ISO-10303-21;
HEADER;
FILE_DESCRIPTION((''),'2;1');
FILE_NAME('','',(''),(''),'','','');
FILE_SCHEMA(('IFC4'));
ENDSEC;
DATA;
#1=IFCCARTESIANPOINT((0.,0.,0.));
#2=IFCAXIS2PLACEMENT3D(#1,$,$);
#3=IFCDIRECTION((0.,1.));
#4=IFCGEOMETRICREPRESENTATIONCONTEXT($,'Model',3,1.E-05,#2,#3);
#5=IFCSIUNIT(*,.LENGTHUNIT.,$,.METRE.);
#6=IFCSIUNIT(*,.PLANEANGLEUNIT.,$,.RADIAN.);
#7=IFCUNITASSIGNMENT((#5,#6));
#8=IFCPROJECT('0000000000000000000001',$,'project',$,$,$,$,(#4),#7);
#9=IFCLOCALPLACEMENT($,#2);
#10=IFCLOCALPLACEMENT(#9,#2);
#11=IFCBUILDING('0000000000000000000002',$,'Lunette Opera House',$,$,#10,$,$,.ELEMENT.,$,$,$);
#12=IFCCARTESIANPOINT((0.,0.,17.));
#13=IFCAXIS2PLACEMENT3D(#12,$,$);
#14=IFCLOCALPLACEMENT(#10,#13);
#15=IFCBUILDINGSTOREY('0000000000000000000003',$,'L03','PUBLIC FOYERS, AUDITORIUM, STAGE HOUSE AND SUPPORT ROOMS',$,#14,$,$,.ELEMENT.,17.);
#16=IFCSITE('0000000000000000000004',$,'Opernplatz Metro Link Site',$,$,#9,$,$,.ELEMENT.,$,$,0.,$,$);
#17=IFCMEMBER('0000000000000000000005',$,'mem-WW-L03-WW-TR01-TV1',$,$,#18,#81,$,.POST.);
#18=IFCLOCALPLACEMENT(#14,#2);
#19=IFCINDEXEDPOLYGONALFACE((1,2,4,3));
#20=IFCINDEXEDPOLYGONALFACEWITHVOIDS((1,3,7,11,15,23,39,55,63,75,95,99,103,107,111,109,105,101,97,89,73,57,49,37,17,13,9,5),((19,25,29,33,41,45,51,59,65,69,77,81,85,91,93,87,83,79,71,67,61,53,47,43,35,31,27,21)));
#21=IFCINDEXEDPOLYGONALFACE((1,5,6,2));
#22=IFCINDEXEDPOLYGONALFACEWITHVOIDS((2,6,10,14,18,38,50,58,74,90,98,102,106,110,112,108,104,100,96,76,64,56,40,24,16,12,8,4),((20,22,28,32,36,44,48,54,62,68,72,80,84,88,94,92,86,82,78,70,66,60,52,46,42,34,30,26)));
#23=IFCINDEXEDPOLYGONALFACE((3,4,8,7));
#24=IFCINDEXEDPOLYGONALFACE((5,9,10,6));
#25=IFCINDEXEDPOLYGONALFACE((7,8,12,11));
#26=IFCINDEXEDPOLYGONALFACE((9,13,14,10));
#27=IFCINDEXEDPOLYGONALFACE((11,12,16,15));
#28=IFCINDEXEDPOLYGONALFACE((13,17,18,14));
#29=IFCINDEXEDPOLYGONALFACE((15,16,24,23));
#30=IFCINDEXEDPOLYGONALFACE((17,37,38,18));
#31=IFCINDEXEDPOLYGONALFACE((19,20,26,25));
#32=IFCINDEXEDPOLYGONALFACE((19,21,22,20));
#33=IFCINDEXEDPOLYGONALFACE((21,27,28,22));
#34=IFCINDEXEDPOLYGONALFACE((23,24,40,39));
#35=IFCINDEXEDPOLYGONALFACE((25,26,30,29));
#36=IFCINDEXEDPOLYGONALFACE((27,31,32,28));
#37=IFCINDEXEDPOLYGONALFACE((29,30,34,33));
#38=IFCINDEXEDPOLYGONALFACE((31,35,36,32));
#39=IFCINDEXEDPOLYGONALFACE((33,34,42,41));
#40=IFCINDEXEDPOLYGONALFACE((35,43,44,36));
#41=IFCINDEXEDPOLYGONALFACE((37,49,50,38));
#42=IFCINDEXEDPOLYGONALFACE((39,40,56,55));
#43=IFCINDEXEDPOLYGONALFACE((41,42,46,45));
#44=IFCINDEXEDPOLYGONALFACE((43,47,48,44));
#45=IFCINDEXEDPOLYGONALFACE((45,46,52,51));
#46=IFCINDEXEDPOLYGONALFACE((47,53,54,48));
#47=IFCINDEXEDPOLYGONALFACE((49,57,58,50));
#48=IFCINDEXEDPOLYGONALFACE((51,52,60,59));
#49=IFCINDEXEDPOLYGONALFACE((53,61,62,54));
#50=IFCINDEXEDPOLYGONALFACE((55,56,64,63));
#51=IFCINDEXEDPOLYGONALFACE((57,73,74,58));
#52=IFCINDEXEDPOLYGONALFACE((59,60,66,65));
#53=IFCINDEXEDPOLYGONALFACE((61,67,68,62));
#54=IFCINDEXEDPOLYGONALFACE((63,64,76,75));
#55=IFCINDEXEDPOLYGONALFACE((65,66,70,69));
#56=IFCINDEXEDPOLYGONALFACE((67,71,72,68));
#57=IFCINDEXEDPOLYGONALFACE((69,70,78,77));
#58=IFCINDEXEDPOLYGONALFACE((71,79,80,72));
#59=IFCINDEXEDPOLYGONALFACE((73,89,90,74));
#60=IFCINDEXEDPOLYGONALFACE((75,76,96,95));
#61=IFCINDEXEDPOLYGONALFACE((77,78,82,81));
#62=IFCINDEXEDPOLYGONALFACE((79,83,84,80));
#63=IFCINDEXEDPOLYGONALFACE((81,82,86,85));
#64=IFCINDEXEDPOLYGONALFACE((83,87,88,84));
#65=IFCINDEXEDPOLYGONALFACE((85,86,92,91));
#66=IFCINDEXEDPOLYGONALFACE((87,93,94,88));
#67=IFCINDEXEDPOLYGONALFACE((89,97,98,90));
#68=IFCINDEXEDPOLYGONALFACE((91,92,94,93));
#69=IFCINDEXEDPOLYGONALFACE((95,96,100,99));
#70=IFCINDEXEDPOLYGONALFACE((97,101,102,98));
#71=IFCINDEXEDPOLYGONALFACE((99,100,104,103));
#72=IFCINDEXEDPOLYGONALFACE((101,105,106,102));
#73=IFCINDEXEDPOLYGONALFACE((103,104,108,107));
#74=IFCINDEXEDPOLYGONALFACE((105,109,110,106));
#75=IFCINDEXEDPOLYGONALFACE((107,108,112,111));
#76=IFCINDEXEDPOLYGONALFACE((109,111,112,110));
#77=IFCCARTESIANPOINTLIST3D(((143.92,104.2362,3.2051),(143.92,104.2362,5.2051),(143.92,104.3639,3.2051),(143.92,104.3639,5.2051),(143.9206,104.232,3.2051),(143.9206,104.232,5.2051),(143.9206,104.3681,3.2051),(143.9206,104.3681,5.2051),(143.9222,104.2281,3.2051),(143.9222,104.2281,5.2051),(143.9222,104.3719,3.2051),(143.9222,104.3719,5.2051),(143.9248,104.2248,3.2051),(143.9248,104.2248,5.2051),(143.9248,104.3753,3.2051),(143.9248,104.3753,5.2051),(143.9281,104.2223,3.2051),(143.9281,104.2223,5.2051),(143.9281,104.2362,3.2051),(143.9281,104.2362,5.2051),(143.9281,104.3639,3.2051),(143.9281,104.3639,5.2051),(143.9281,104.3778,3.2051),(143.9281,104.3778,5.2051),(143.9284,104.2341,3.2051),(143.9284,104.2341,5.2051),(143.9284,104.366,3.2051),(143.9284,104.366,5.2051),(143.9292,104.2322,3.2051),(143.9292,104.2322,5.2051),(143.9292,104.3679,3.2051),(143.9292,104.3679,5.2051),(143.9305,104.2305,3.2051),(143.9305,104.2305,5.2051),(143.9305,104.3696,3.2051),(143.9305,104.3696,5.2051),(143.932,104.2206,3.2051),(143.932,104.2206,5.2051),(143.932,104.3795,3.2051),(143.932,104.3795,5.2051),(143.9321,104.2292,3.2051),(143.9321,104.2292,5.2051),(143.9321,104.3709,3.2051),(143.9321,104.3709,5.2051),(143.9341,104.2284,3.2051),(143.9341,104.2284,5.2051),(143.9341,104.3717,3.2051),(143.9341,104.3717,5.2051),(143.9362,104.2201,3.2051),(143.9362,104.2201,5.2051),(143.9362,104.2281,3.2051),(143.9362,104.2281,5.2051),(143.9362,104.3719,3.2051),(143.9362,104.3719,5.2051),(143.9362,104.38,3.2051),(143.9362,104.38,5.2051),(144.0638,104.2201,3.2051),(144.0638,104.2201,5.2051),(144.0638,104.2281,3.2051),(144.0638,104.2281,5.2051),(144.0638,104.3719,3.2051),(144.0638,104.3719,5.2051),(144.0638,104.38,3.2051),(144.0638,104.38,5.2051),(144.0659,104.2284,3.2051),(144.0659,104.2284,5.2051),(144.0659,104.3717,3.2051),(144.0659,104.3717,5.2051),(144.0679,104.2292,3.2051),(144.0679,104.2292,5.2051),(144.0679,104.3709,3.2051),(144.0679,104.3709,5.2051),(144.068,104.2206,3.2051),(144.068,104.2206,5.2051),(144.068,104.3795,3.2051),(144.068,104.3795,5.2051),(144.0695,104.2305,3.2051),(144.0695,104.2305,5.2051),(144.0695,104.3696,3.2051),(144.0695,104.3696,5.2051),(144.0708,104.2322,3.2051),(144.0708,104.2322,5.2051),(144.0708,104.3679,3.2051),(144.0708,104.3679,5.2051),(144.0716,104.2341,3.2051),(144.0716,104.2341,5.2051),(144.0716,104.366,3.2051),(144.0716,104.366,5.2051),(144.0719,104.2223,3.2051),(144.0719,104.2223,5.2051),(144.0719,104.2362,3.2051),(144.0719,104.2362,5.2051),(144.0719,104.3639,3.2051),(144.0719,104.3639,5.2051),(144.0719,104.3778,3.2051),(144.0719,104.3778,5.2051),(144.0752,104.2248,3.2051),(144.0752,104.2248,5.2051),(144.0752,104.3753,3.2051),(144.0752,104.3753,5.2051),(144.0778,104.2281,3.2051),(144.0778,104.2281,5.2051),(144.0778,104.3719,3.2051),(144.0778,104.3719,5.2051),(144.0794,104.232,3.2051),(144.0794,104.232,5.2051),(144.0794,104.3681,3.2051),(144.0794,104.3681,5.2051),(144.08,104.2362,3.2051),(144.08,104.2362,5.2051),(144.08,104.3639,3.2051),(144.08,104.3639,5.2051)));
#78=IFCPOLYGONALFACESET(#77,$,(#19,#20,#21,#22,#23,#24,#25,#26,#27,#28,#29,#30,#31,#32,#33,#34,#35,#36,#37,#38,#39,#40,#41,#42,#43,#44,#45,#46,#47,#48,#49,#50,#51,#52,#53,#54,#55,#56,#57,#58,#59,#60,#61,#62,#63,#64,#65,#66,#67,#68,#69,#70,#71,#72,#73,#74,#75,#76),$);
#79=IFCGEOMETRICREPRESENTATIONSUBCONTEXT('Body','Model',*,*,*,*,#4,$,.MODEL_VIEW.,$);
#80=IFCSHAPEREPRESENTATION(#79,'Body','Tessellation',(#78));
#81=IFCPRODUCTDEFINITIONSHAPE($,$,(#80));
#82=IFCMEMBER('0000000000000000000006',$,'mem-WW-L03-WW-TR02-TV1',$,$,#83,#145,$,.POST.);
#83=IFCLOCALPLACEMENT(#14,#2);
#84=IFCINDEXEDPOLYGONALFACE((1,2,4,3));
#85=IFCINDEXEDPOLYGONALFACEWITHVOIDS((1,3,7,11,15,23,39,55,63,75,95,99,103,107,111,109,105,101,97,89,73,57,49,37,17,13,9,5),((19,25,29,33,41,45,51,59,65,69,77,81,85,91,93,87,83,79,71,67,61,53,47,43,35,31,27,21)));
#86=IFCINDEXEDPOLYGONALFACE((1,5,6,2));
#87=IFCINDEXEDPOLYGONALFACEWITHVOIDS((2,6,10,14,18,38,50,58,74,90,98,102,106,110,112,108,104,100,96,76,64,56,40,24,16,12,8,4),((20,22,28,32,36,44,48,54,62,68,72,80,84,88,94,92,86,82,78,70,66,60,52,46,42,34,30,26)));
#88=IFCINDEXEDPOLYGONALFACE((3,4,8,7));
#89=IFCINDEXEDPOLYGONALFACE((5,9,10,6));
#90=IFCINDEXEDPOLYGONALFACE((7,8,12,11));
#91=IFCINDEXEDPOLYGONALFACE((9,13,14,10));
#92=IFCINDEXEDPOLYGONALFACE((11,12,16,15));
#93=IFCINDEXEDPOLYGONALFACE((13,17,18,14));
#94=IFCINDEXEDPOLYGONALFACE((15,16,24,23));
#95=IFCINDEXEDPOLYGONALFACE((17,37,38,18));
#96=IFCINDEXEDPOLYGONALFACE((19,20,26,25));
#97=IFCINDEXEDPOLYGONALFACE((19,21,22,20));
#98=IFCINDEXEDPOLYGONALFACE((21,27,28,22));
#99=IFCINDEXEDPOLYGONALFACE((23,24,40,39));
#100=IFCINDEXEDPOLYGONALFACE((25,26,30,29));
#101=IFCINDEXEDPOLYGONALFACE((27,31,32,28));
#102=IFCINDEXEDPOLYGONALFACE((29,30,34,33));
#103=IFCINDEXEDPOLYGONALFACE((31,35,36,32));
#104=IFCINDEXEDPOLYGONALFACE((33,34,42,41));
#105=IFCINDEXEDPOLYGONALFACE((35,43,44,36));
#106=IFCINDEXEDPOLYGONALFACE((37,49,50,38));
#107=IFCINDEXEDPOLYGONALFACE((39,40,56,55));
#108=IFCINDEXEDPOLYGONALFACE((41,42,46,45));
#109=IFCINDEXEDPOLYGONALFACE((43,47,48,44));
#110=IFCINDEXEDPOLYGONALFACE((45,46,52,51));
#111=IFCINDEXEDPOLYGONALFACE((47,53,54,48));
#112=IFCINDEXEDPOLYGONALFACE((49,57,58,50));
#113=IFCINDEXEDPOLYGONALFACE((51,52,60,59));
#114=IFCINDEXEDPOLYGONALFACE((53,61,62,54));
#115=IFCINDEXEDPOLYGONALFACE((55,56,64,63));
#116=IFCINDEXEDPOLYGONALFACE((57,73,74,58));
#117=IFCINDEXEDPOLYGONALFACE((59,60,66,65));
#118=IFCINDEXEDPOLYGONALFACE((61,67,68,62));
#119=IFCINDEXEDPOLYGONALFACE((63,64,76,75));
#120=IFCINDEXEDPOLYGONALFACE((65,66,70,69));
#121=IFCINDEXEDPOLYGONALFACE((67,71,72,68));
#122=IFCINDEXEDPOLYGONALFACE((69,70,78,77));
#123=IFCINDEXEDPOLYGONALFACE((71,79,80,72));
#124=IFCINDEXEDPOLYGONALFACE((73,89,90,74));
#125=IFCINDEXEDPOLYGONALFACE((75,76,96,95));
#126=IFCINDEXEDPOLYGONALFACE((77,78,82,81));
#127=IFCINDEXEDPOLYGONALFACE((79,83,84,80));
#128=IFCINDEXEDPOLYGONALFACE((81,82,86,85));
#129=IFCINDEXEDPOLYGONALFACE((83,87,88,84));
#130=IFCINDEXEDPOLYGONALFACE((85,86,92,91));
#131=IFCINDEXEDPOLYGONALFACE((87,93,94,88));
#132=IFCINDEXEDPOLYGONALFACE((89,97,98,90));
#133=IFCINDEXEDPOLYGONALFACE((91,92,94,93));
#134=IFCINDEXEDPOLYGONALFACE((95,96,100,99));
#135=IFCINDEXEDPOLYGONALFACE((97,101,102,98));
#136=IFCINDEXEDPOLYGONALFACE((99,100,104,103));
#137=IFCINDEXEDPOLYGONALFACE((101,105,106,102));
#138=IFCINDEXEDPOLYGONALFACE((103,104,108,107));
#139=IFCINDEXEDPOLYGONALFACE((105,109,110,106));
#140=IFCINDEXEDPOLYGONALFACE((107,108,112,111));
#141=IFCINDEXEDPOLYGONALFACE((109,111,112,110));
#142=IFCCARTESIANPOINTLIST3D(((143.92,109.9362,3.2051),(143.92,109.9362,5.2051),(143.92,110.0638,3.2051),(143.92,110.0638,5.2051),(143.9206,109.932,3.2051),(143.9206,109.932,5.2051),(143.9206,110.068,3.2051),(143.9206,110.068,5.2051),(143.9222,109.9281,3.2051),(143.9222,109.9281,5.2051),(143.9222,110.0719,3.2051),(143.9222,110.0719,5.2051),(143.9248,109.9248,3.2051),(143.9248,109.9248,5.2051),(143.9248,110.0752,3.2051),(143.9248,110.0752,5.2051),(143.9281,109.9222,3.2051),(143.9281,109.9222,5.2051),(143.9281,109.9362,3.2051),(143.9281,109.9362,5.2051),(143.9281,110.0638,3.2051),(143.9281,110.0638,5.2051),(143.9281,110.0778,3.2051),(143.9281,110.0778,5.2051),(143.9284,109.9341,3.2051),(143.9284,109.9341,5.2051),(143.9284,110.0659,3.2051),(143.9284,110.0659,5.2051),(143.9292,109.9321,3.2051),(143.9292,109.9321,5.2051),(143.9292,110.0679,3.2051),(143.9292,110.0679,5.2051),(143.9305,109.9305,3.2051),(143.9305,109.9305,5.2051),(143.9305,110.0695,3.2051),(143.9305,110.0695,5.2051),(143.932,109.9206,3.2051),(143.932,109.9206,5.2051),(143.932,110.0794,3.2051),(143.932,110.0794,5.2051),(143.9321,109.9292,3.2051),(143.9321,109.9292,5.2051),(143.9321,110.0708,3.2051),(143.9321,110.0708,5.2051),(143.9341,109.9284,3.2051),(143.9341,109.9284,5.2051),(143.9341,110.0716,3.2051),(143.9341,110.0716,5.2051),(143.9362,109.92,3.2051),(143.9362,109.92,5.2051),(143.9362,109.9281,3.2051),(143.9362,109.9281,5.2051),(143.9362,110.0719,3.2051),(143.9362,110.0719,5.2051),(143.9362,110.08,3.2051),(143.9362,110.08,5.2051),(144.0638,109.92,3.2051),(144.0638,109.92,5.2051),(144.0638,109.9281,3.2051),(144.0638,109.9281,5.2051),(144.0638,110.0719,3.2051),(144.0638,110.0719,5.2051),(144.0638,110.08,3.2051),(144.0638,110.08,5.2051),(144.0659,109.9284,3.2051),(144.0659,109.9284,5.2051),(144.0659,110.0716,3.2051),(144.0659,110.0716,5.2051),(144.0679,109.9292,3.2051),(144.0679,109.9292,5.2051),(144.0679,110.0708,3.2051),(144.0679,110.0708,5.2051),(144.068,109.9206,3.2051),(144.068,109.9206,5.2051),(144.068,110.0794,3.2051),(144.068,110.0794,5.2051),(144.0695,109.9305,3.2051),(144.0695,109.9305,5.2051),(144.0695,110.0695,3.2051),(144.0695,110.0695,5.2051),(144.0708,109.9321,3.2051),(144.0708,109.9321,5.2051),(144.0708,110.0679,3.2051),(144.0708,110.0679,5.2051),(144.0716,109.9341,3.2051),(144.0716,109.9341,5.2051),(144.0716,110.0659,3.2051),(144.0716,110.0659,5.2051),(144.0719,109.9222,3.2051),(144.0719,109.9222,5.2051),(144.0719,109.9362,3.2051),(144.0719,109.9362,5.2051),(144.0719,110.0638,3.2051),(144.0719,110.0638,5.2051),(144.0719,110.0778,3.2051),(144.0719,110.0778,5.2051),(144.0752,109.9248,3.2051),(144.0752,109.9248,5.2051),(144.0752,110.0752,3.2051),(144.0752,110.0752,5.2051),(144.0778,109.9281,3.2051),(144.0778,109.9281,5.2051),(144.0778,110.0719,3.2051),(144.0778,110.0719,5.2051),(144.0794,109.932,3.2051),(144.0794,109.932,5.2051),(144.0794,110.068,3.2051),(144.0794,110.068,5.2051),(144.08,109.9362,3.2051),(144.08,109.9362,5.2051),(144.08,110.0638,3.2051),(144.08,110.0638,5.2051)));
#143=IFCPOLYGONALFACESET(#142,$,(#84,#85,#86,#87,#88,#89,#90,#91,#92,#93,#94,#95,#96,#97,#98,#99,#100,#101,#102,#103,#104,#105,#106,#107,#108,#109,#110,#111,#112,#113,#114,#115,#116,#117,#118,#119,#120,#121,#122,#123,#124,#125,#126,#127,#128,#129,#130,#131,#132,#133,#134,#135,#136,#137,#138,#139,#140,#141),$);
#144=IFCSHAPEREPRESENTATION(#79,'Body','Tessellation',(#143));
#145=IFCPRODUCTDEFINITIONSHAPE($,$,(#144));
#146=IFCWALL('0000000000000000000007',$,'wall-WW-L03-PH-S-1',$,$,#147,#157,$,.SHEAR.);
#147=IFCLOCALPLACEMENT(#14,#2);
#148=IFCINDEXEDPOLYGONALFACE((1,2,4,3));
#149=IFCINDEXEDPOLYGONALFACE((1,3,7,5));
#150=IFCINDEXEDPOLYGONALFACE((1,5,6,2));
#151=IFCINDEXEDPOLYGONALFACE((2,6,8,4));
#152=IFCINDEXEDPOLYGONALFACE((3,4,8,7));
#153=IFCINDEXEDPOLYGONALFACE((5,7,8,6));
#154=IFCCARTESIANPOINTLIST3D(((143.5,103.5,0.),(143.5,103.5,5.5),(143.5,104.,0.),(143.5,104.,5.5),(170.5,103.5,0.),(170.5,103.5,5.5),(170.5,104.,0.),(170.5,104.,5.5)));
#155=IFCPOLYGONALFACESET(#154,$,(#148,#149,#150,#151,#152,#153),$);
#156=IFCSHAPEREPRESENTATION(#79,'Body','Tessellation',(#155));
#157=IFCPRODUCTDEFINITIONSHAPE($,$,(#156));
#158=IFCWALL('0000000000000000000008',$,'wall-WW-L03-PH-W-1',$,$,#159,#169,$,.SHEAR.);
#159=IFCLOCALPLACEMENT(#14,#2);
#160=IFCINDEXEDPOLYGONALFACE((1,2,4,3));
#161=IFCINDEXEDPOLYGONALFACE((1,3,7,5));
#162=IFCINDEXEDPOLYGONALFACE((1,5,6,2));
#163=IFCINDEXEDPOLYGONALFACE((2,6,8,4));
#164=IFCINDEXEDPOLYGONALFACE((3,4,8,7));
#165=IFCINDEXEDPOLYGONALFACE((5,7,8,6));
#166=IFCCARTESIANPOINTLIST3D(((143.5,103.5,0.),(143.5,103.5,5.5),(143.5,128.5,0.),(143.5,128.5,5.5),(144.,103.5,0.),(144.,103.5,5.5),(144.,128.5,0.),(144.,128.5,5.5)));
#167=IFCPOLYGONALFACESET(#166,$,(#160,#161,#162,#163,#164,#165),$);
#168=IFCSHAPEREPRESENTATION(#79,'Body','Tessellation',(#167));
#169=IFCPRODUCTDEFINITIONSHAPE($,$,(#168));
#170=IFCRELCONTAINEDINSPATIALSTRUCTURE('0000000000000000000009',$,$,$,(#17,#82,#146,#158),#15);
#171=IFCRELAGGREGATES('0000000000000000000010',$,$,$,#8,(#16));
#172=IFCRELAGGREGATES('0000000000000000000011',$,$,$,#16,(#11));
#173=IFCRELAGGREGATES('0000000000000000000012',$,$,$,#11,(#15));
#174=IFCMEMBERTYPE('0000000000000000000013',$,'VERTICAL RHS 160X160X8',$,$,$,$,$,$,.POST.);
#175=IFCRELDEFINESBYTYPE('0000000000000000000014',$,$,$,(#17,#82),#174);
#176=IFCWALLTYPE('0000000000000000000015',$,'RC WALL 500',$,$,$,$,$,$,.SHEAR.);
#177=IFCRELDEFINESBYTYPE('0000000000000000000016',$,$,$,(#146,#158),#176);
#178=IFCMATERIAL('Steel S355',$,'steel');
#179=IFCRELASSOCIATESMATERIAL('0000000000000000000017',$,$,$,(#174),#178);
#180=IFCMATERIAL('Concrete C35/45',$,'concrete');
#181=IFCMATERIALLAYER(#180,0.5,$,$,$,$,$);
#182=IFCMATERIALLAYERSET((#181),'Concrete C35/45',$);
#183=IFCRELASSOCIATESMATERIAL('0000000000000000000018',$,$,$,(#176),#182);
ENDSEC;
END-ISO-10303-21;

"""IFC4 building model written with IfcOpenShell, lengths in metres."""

from ifc_helpers import new_model, si_unit, direction, frame, frame_2d, origin, origin_2d, place, context, subcontext, project, spatial, rectangle, hollow_rectangle, extrude, material, layer, layer_set, material_profile, profile_set, type_object, element, save


model = new_model("IFC4")

# Units and contexts
model_context = context("Model", 3, precision=1e-05, world=origin(), true_north=direction((0.0, 1.0)))
body_context = subcontext(model_context, "Body", "Model", "MODEL_VIEW")
ifc_project = project(units=[si_unit("LENGTHUNIT", "METRE"), si_unit("PLANEANGLEUNIT", "RADIAN")], contexts=[model_context])

# Site, building, storey
site_placement = place(None, origin())
site = spatial("IfcSite", under=ifc_project, at=site_placement, Name="Opernplatz Metro Link Site", CompositionType="ELEMENT", RefElevation=0.0)
building_placement = place(site_placement, origin())
building = spatial("IfcBuilding", under=site, at=building_placement, Name="Lunette Opera House", CompositionType="ELEMENT")
storey_placement = place(building_placement, frame((0.0, 0.0, 17.0)))
storey = spatial("IfcBuildingStorey", under=building, at=storey_placement, Name="L03", Description="PUBLIC FOYERS, AUDITORIUM, STAGE HOUSE AND SUPPORT ROOMS", CompositionType="ELEMENT", Elevation=17.0)

# Members
ifc_material_1 = material(Name="Steel S355", Category="steel")
ifc_material_profile_1 = material_profile(ifc_material_1, hollow_rectangle(XDim=0.1599, YDim=0.1599, WallThickness=0.0081, InnerFilletRadius=0.0081, OuterFilletRadius=0.0161, at=origin_2d()), Name="RHS 160X160X8")
ifc_profile_set_1 = profile_set([ifc_material_profile_1], Name="Steel S355")
member_type_1 = type_object("IfcMemberType", Name="VERTICAL RHS 160X160X8", PredefinedType="POST", material=ifc_profile_set_1)
for number, where, z_axis, x_axis, name in (
    (1, (144.0, 104.3, 3.2051), (0.0, 0.0, 1.0), (1.0, 0.0, 0.0), "mem-WW-L03-WW-TR01-TV1"),
    (2, (144.0, 110.0, 3.2051), (0.0, 0.0, 1.0), (1.0, 0.0, 0.0), "mem-WW-L03-WW-TR02-TV1"),
):
    element("IfcMember", number, at=place(storey_placement, frame(where, z_axis=z_axis, x_axis=x_axis)), inside=storey, type_object=member_type_1, Name=name, PredefinedType="POST", context=body_context, shape_type="SweptSolid", body=[
        extrude(hollow_rectangle(XDim=0.1599, YDim=0.1599, WallThickness=0.0081, InnerFilletRadius=0.0081, OuterFilletRadius=0.0161, at=origin_2d()), origin(), (0.0, 0.0, 1.0), 2.0),
    ])

# Walls
ifc_material_2 = material(Name="Concrete C35/45", Category="concrete")
ifc_layer_1 = layer(ifc_material_2, 0.5)
ifc_layer_set_1 = layer_set([ifc_layer_1], Name="Concrete C35/45")
wall_type_1 = type_object("IfcWallType", Name="RC WALL 500", PredefinedType="SHEAR", material=ifc_layer_set_1)
wall_1_placement = place(storey_placement, frame((143.5, 103.75, 0.0), z_axis=(0.0, 0.0, 1.0), x_axis=(1.0, 0.0, 0.0)))
element("IfcWall", 3, at=wall_1_placement, inside=storey, type_object=wall_type_1, Name="wall-WW-L03-PH-S-1", PredefinedType="SHEAR", context=body_context, shape_type="SweptSolid", body=[
    extrude(rectangle(XDim=27.0, YDim=0.5, at=frame_2d((13.5, 0.0))), origin(), (0.0, 0.0, 1.0), 5.5),
])
wall_2_placement = place(storey_placement, frame((143.75, 103.5, 0.0), z_axis=(0.0, 0.0, 1.0), x_axis=(0.0, 1.0, 0.0)))
element("IfcWall", 4, at=wall_2_placement, inside=storey, type_object=wall_type_1, Name="wall-WW-L03-PH-W-1", PredefinedType="SHEAR", context=body_context, shape_type="SweptSolid", body=[
    extrude(rectangle(XDim=25.0, YDim=0.5, at=frame_2d((12.5, 0.0))), origin(), (0.0, 0.0, 1.0), 5.5),
])

save(model, "model.ifc")
